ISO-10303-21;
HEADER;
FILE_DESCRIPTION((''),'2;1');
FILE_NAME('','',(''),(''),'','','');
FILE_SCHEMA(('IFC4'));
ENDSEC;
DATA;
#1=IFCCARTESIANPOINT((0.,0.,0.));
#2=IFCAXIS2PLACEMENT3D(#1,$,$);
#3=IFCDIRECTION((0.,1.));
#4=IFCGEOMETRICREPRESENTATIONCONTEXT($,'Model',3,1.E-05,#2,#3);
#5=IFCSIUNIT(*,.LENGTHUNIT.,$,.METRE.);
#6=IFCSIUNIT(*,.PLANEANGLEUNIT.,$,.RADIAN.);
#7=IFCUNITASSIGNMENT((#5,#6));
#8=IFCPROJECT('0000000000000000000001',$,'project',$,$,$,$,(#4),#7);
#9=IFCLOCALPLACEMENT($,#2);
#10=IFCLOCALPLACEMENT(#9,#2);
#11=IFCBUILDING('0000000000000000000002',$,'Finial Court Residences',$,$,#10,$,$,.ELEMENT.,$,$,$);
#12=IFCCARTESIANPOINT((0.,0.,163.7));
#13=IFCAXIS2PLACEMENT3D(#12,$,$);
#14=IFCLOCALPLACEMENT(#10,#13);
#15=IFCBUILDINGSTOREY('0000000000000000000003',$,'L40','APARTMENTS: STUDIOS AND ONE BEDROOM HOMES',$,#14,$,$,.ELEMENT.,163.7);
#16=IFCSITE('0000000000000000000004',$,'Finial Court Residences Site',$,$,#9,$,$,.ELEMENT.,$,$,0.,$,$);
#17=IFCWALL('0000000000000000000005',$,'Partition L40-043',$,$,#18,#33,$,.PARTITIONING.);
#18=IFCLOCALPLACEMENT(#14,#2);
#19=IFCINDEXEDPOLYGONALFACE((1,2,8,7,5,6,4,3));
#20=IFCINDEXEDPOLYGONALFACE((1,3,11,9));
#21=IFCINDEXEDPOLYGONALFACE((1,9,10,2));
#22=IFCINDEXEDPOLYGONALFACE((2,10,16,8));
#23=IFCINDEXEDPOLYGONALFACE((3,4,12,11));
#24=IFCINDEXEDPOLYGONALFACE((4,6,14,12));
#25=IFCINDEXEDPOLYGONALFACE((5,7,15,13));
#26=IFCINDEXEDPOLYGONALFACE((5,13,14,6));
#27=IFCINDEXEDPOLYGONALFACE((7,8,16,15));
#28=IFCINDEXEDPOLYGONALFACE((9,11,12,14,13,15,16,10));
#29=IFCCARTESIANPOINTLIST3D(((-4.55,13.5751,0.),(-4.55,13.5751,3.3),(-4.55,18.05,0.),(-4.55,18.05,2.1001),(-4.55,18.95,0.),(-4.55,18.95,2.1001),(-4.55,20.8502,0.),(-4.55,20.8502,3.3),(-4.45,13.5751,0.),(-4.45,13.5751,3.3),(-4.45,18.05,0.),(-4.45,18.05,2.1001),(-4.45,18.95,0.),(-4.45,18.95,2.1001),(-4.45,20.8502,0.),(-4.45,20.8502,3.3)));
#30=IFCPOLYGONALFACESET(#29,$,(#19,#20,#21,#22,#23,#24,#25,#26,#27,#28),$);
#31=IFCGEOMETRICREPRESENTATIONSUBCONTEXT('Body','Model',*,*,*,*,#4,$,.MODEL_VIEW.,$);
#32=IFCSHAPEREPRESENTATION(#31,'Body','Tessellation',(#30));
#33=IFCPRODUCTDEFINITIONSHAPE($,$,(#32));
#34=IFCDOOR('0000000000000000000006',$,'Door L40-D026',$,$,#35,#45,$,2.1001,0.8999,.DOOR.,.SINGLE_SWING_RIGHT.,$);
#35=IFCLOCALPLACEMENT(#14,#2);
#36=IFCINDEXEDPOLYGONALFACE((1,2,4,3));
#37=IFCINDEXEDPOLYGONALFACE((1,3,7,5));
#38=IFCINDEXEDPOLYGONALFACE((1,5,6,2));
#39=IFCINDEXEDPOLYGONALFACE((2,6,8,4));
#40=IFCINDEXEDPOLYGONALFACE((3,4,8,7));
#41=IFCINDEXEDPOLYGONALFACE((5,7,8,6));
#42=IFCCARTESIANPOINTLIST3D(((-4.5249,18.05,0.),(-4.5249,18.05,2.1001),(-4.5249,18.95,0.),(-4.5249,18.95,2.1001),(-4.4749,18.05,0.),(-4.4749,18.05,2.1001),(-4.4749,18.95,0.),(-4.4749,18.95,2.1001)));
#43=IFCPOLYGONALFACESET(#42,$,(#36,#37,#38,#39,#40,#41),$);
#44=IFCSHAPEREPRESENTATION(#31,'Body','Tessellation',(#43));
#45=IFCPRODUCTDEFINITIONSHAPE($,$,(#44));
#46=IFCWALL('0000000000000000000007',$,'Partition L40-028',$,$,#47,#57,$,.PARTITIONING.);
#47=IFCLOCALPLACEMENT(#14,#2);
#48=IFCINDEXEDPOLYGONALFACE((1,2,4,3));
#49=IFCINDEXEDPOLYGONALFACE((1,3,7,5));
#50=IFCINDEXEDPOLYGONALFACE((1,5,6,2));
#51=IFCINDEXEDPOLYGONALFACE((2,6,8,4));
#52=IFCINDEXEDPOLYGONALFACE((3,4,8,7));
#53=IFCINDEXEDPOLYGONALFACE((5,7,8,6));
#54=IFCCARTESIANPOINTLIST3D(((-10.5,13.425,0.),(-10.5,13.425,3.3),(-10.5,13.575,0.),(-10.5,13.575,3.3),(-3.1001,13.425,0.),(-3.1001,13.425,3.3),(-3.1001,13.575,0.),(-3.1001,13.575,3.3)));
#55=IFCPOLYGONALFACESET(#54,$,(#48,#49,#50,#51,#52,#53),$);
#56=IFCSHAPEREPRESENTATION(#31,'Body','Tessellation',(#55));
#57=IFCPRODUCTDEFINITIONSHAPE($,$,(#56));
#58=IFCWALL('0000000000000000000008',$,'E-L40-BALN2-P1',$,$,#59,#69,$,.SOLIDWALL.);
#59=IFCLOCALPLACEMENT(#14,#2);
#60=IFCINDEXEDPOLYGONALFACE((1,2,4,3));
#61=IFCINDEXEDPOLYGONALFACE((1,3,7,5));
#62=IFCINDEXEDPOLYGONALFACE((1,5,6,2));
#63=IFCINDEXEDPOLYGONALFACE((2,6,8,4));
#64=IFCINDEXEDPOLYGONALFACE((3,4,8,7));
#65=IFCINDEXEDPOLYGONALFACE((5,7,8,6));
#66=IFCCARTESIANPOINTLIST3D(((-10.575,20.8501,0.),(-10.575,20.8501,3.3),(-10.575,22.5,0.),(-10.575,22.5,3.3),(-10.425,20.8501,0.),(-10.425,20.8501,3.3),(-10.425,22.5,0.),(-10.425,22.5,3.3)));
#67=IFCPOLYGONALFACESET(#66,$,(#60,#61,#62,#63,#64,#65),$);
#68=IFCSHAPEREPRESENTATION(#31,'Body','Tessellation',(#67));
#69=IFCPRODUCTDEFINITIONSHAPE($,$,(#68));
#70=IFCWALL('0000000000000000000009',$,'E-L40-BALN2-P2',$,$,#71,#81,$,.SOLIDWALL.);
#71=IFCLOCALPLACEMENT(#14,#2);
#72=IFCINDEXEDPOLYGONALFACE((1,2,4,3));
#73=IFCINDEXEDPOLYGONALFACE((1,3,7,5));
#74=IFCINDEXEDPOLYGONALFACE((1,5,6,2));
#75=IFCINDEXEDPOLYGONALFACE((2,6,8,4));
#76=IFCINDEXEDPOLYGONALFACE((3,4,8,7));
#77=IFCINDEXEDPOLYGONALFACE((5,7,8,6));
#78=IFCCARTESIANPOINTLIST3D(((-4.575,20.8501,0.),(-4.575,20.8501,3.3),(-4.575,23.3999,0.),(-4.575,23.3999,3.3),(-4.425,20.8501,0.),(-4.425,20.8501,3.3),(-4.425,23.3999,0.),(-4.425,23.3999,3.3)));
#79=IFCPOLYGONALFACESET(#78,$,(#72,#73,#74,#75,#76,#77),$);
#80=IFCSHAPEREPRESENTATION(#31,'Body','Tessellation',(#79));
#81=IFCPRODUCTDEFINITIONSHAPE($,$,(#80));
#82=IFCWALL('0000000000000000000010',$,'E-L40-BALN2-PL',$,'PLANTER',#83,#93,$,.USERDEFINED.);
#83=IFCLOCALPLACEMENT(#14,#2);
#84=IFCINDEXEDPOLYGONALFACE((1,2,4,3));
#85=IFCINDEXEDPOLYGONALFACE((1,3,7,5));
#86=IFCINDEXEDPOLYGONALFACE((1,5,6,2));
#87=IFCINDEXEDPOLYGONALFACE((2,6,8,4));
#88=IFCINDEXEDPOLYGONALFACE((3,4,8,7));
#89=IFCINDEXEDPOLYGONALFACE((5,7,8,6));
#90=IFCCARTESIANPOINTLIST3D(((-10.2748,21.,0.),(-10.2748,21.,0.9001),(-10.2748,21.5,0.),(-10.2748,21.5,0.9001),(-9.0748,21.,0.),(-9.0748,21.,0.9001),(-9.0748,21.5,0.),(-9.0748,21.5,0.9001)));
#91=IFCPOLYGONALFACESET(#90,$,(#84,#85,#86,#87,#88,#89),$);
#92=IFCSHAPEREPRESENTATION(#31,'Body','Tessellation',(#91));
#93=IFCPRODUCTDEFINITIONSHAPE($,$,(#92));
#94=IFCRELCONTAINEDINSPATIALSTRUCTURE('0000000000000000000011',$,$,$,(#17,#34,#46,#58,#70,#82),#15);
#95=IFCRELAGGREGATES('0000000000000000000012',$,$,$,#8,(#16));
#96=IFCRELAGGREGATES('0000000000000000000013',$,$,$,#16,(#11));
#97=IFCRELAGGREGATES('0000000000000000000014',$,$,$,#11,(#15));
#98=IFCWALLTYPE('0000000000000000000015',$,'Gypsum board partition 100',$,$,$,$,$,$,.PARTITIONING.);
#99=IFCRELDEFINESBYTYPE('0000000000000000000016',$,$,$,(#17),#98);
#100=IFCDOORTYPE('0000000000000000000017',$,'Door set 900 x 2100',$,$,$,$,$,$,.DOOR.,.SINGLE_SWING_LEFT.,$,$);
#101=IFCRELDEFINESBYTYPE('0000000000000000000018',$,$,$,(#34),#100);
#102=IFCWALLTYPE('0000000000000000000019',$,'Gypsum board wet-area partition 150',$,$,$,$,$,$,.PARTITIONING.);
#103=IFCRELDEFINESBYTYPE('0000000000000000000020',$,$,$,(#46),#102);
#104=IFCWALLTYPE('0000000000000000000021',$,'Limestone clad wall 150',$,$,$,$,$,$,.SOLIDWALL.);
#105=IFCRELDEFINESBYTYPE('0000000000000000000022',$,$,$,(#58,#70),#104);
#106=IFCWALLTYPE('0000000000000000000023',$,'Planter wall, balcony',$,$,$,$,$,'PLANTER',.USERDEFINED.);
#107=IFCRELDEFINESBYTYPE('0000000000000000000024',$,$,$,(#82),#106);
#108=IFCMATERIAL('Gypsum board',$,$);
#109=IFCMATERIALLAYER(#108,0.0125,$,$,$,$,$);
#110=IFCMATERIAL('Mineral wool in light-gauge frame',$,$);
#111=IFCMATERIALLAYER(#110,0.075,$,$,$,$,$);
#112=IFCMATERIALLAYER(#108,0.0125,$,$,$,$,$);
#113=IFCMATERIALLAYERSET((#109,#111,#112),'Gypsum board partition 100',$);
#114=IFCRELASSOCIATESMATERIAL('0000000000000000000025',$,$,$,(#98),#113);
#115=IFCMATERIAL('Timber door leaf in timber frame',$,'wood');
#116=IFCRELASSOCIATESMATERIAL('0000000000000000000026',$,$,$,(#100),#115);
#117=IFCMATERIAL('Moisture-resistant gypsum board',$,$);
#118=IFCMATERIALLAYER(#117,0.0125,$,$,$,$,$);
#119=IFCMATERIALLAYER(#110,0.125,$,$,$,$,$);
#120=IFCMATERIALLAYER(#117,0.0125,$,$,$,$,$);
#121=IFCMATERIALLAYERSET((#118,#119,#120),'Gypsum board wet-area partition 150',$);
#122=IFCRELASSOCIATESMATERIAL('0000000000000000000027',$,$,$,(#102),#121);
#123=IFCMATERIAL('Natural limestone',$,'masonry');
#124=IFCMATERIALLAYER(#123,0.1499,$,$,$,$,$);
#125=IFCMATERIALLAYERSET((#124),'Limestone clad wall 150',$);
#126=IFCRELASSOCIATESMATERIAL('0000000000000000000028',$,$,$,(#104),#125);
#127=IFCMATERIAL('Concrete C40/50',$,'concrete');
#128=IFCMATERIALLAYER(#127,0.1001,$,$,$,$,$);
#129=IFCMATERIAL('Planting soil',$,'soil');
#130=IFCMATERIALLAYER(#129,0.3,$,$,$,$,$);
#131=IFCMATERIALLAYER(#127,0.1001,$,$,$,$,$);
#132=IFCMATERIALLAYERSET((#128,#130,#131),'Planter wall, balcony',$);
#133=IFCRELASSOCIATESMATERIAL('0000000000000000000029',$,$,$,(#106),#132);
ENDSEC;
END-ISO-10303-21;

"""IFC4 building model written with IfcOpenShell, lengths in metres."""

from ifc_helpers import new_model, si_unit, direction, frame, frame_2d, origin, place, context, subcontext, project, spatial, rectangle, extrude, material, layer, layer_set, type_object, element, fill, save


model = new_model("IFC4")

# Units and contexts
model_context = context("Model", 3, precision=1e-05, world=origin(), true_north=direction((0.0, 1.0)))
body_context = subcontext(model_context, "Body", "Model", "MODEL_VIEW")
ifc_project = project(units=[si_unit("LENGTHUNIT", "METRE"), si_unit("PLANEANGLEUNIT", "RADIAN")], contexts=[model_context])

# Site, building, storey
site_placement = place(None, origin())
site = spatial("IfcSite", under=ifc_project, at=site_placement, Name="Finial Court Residences Site", CompositionType="ELEMENT", RefElevation=0.0)
building_placement = place(site_placement, origin())
building = spatial("IfcBuilding", under=site, at=building_placement, Name="Finial Court Residences", CompositionType="ELEMENT")
storey_placement = place(building_placement, frame((0.0, 0.0, 163.7)))
storey = spatial("IfcBuildingStorey", under=building, at=storey_placement, Name="L40", Description="APARTMENTS: STUDIOS AND ONE BEDROOM HOMES", CompositionType="ELEMENT", Elevation=163.7)

# Shared definitions
ifc_material_1 = material(Name="Gypsum board")
ifc_layer_1 = layer(ifc_material_1, 0.0125)
ifc_material_2 = material(Name="Mineral wool in light-gauge frame")
ifc_layer_2 = layer(ifc_material_2, 0.075)
ifc_layer_3 = layer(ifc_material_1, 0.0125)
ifc_layer_set_1 = layer_set([ifc_layer_1, ifc_layer_2, ifc_layer_3], Name="Gypsum board partition 100")
wall_type_1 = type_object("IfcWallType", Name="Gypsum board partition 100", PredefinedType="PARTITIONING", material=ifc_layer_set_1)

# Wall, opening, door
ifc_material_3 = material(Name="Timber door leaf in timber frame", Category="wood")
door_type_1 = type_object("IfcDoorType", Name="Door set 900 x 2100", OperationType="SINGLE_SWING_LEFT", PredefinedType="DOOR", material=ifc_material_3)
wall_1_placement = place(storey_placement, frame((-4.5, 13.575, 0.0), z_axis=(0.0, 0.0, 1.0), x_axis=(0.0, 1.0, 0.0)))
wall_1 = element("IfcWall", 1, at=wall_1_placement, inside=storey, type_object=wall_type_1, Name="Partition L40-043", PredefinedType="PARTITIONING", context=body_context, shape_type="SweptSolid", body=[
    extrude(rectangle(XDim=7.2751, YDim=0.1001, at=frame_2d((3.6377, 0.0))), origin(), (0.0, 0.0, 1.0), 3.3),
])
opening_1_placement = place(wall_1_placement, frame((4.4751, 0.0, 0.0)))
opening_1 = element("IfcOpeningElement", 2, at=opening_1_placement, cuts=wall_1, PredefinedType="OPENING", context=body_context, shape_type="SweptSolid", body=[
    extrude(rectangle(XDim=0.8999, YDim=2.1001, at=frame_2d((0.45, 1.05))), frame((0.0, 0.0601, 0.0), z_axis=(0.0, -1.0, 0.0), x_axis=(1.0, 0.0, 0.0)), (0.0, 0.0, 1.0), 0.1201),
])
door_1_placement = place(opening_1_placement, origin())
door_1 = element("IfcDoor", 3, at=door_1_placement, inside=storey, type_object=door_type_1, Name="Door L40-D026", OperationType="SINGLE_SWING_RIGHT", OverallHeight=2.1001, OverallWidth=0.8999, PredefinedType="DOOR", context=body_context, shape_type="SweptSolid", body=[
    extrude(rectangle(XDim=0.8999, YDim=2.1001, at=frame_2d((0.45, 1.05))), frame((0.0, 0.0249, 0.0), z_axis=(0.0, -1.0, 0.0), x_axis=(1.0, 0.0, 0.0)), (0.0, 0.0, 1.0), 0.05),
])
fill(opening_1, door_1)

# Walls
ifc_material_4 = material(Name="Moisture-resistant gypsum board")
ifc_layer_4 = layer(ifc_material_4, 0.0125)
ifc_layer_5 = layer(ifc_material_2, 0.125)
ifc_layer_6 = layer(ifc_material_4, 0.0125)
ifc_layer_set_2 = layer_set([ifc_layer_4, ifc_layer_5, ifc_layer_6], Name="Gypsum board wet-area partition 150")
wall_type_2 = type_object("IfcWallType", Name="Gypsum board wet-area partition 150", PredefinedType="PARTITIONING", material=ifc_layer_set_2)
wall_2_placement = place(storey_placement, frame((-10.5, 13.5, 0.0), z_axis=(0.0, 0.0, 1.0), x_axis=(1.0, 0.0, 0.0)))
element("IfcWall", 4, at=wall_2_placement, inside=storey, type_object=wall_type_2, Name="Partition L40-028", PredefinedType="PARTITIONING", context=body_context, shape_type="SweptSolid", body=[
    extrude(rectangle(XDim=7.3999, YDim=0.1499, at=frame_2d((3.7, 0.0))), origin(), (0.0, 0.0, 1.0), 3.3),
])
ifc_material_5 = material(Name="Natural limestone", Category="masonry")
ifc_layer_7 = layer(ifc_material_5, 0.1499)
ifc_layer_set_3 = layer_set([ifc_layer_7], Name="Limestone clad wall 150")
wall_type_3 = type_object("IfcWallType", Name="Limestone clad wall 150", PredefinedType="SOLIDWALL", material=ifc_layer_set_3)
wall_3_placement = place(storey_placement, frame((-10.5, 20.8501, 0.0), z_axis=(0.0, 0.0, 1.0), x_axis=(0.0, 1.0, 0.0)))
element("IfcWall", 5, at=wall_3_placement, inside=storey, type_object=wall_type_3, Name="E-L40-BALN2-P1", PredefinedType="SOLIDWALL", context=body_context, shape_type="SweptSolid", body=[
    extrude(rectangle(XDim=1.6499, YDim=0.1499, at=frame_2d((0.825, 0.0))), origin(), (0.0, 0.0, 1.0), 3.3),
])
wall_4_placement = place(storey_placement, frame((-4.5, 20.8501, 0.0), z_axis=(0.0, 0.0, 1.0), x_axis=(0.0, 1.0, 0.0)))
element("IfcWall", 6, at=wall_4_placement, inside=storey, type_object=wall_type_3, Name="E-L40-BALN2-P2", PredefinedType="SOLIDWALL", context=body_context, shape_type="SweptSolid", body=[
    extrude(rectangle(XDim=2.5498, YDim=0.1499, at=frame_2d((1.2749, 0.0))), origin(), (0.0, 0.0, 1.0), 3.3),
])

# Wall
ifc_material_6 = material(Name="Concrete C40/50", Category="concrete")
ifc_layer_8 = layer(ifc_material_6, 0.1001)
ifc_material_7 = material(Name="Planting soil", Category="soil")
ifc_layer_9 = layer(ifc_material_7, 0.3)
ifc_layer_10 = layer(ifc_material_6, 0.1001)
ifc_layer_set_4 = layer_set([ifc_layer_8, ifc_layer_9, ifc_layer_10], Name="Planter wall, balcony")
wall_type_4 = type_object("IfcWallType", Name="Planter wall, balcony", ElementType="PLANTER", PredefinedType="USERDEFINED", material=ifc_layer_set_4)
wall_5_placement = place(storey_placement, frame((-10.2749, 21.25, 0.0), z_axis=(0.0, 0.0, 1.0), x_axis=(1.0, 0.0, 0.0)))
element("IfcWall", 7, at=wall_5_placement, inside=storey, type_object=wall_type_4, Name="E-L40-BALN2-PL", ObjectType="PLANTER", PredefinedType="USERDEFINED", context=body_context, shape_type="SweptSolid", body=[
    extrude(rectangle(XDim=1.2, YDim=0.5, at=frame_2d((0.6001, 0.0))), origin(), (0.0, 0.0, 1.0), 0.9001),
])

save(model, "model.ifc")
